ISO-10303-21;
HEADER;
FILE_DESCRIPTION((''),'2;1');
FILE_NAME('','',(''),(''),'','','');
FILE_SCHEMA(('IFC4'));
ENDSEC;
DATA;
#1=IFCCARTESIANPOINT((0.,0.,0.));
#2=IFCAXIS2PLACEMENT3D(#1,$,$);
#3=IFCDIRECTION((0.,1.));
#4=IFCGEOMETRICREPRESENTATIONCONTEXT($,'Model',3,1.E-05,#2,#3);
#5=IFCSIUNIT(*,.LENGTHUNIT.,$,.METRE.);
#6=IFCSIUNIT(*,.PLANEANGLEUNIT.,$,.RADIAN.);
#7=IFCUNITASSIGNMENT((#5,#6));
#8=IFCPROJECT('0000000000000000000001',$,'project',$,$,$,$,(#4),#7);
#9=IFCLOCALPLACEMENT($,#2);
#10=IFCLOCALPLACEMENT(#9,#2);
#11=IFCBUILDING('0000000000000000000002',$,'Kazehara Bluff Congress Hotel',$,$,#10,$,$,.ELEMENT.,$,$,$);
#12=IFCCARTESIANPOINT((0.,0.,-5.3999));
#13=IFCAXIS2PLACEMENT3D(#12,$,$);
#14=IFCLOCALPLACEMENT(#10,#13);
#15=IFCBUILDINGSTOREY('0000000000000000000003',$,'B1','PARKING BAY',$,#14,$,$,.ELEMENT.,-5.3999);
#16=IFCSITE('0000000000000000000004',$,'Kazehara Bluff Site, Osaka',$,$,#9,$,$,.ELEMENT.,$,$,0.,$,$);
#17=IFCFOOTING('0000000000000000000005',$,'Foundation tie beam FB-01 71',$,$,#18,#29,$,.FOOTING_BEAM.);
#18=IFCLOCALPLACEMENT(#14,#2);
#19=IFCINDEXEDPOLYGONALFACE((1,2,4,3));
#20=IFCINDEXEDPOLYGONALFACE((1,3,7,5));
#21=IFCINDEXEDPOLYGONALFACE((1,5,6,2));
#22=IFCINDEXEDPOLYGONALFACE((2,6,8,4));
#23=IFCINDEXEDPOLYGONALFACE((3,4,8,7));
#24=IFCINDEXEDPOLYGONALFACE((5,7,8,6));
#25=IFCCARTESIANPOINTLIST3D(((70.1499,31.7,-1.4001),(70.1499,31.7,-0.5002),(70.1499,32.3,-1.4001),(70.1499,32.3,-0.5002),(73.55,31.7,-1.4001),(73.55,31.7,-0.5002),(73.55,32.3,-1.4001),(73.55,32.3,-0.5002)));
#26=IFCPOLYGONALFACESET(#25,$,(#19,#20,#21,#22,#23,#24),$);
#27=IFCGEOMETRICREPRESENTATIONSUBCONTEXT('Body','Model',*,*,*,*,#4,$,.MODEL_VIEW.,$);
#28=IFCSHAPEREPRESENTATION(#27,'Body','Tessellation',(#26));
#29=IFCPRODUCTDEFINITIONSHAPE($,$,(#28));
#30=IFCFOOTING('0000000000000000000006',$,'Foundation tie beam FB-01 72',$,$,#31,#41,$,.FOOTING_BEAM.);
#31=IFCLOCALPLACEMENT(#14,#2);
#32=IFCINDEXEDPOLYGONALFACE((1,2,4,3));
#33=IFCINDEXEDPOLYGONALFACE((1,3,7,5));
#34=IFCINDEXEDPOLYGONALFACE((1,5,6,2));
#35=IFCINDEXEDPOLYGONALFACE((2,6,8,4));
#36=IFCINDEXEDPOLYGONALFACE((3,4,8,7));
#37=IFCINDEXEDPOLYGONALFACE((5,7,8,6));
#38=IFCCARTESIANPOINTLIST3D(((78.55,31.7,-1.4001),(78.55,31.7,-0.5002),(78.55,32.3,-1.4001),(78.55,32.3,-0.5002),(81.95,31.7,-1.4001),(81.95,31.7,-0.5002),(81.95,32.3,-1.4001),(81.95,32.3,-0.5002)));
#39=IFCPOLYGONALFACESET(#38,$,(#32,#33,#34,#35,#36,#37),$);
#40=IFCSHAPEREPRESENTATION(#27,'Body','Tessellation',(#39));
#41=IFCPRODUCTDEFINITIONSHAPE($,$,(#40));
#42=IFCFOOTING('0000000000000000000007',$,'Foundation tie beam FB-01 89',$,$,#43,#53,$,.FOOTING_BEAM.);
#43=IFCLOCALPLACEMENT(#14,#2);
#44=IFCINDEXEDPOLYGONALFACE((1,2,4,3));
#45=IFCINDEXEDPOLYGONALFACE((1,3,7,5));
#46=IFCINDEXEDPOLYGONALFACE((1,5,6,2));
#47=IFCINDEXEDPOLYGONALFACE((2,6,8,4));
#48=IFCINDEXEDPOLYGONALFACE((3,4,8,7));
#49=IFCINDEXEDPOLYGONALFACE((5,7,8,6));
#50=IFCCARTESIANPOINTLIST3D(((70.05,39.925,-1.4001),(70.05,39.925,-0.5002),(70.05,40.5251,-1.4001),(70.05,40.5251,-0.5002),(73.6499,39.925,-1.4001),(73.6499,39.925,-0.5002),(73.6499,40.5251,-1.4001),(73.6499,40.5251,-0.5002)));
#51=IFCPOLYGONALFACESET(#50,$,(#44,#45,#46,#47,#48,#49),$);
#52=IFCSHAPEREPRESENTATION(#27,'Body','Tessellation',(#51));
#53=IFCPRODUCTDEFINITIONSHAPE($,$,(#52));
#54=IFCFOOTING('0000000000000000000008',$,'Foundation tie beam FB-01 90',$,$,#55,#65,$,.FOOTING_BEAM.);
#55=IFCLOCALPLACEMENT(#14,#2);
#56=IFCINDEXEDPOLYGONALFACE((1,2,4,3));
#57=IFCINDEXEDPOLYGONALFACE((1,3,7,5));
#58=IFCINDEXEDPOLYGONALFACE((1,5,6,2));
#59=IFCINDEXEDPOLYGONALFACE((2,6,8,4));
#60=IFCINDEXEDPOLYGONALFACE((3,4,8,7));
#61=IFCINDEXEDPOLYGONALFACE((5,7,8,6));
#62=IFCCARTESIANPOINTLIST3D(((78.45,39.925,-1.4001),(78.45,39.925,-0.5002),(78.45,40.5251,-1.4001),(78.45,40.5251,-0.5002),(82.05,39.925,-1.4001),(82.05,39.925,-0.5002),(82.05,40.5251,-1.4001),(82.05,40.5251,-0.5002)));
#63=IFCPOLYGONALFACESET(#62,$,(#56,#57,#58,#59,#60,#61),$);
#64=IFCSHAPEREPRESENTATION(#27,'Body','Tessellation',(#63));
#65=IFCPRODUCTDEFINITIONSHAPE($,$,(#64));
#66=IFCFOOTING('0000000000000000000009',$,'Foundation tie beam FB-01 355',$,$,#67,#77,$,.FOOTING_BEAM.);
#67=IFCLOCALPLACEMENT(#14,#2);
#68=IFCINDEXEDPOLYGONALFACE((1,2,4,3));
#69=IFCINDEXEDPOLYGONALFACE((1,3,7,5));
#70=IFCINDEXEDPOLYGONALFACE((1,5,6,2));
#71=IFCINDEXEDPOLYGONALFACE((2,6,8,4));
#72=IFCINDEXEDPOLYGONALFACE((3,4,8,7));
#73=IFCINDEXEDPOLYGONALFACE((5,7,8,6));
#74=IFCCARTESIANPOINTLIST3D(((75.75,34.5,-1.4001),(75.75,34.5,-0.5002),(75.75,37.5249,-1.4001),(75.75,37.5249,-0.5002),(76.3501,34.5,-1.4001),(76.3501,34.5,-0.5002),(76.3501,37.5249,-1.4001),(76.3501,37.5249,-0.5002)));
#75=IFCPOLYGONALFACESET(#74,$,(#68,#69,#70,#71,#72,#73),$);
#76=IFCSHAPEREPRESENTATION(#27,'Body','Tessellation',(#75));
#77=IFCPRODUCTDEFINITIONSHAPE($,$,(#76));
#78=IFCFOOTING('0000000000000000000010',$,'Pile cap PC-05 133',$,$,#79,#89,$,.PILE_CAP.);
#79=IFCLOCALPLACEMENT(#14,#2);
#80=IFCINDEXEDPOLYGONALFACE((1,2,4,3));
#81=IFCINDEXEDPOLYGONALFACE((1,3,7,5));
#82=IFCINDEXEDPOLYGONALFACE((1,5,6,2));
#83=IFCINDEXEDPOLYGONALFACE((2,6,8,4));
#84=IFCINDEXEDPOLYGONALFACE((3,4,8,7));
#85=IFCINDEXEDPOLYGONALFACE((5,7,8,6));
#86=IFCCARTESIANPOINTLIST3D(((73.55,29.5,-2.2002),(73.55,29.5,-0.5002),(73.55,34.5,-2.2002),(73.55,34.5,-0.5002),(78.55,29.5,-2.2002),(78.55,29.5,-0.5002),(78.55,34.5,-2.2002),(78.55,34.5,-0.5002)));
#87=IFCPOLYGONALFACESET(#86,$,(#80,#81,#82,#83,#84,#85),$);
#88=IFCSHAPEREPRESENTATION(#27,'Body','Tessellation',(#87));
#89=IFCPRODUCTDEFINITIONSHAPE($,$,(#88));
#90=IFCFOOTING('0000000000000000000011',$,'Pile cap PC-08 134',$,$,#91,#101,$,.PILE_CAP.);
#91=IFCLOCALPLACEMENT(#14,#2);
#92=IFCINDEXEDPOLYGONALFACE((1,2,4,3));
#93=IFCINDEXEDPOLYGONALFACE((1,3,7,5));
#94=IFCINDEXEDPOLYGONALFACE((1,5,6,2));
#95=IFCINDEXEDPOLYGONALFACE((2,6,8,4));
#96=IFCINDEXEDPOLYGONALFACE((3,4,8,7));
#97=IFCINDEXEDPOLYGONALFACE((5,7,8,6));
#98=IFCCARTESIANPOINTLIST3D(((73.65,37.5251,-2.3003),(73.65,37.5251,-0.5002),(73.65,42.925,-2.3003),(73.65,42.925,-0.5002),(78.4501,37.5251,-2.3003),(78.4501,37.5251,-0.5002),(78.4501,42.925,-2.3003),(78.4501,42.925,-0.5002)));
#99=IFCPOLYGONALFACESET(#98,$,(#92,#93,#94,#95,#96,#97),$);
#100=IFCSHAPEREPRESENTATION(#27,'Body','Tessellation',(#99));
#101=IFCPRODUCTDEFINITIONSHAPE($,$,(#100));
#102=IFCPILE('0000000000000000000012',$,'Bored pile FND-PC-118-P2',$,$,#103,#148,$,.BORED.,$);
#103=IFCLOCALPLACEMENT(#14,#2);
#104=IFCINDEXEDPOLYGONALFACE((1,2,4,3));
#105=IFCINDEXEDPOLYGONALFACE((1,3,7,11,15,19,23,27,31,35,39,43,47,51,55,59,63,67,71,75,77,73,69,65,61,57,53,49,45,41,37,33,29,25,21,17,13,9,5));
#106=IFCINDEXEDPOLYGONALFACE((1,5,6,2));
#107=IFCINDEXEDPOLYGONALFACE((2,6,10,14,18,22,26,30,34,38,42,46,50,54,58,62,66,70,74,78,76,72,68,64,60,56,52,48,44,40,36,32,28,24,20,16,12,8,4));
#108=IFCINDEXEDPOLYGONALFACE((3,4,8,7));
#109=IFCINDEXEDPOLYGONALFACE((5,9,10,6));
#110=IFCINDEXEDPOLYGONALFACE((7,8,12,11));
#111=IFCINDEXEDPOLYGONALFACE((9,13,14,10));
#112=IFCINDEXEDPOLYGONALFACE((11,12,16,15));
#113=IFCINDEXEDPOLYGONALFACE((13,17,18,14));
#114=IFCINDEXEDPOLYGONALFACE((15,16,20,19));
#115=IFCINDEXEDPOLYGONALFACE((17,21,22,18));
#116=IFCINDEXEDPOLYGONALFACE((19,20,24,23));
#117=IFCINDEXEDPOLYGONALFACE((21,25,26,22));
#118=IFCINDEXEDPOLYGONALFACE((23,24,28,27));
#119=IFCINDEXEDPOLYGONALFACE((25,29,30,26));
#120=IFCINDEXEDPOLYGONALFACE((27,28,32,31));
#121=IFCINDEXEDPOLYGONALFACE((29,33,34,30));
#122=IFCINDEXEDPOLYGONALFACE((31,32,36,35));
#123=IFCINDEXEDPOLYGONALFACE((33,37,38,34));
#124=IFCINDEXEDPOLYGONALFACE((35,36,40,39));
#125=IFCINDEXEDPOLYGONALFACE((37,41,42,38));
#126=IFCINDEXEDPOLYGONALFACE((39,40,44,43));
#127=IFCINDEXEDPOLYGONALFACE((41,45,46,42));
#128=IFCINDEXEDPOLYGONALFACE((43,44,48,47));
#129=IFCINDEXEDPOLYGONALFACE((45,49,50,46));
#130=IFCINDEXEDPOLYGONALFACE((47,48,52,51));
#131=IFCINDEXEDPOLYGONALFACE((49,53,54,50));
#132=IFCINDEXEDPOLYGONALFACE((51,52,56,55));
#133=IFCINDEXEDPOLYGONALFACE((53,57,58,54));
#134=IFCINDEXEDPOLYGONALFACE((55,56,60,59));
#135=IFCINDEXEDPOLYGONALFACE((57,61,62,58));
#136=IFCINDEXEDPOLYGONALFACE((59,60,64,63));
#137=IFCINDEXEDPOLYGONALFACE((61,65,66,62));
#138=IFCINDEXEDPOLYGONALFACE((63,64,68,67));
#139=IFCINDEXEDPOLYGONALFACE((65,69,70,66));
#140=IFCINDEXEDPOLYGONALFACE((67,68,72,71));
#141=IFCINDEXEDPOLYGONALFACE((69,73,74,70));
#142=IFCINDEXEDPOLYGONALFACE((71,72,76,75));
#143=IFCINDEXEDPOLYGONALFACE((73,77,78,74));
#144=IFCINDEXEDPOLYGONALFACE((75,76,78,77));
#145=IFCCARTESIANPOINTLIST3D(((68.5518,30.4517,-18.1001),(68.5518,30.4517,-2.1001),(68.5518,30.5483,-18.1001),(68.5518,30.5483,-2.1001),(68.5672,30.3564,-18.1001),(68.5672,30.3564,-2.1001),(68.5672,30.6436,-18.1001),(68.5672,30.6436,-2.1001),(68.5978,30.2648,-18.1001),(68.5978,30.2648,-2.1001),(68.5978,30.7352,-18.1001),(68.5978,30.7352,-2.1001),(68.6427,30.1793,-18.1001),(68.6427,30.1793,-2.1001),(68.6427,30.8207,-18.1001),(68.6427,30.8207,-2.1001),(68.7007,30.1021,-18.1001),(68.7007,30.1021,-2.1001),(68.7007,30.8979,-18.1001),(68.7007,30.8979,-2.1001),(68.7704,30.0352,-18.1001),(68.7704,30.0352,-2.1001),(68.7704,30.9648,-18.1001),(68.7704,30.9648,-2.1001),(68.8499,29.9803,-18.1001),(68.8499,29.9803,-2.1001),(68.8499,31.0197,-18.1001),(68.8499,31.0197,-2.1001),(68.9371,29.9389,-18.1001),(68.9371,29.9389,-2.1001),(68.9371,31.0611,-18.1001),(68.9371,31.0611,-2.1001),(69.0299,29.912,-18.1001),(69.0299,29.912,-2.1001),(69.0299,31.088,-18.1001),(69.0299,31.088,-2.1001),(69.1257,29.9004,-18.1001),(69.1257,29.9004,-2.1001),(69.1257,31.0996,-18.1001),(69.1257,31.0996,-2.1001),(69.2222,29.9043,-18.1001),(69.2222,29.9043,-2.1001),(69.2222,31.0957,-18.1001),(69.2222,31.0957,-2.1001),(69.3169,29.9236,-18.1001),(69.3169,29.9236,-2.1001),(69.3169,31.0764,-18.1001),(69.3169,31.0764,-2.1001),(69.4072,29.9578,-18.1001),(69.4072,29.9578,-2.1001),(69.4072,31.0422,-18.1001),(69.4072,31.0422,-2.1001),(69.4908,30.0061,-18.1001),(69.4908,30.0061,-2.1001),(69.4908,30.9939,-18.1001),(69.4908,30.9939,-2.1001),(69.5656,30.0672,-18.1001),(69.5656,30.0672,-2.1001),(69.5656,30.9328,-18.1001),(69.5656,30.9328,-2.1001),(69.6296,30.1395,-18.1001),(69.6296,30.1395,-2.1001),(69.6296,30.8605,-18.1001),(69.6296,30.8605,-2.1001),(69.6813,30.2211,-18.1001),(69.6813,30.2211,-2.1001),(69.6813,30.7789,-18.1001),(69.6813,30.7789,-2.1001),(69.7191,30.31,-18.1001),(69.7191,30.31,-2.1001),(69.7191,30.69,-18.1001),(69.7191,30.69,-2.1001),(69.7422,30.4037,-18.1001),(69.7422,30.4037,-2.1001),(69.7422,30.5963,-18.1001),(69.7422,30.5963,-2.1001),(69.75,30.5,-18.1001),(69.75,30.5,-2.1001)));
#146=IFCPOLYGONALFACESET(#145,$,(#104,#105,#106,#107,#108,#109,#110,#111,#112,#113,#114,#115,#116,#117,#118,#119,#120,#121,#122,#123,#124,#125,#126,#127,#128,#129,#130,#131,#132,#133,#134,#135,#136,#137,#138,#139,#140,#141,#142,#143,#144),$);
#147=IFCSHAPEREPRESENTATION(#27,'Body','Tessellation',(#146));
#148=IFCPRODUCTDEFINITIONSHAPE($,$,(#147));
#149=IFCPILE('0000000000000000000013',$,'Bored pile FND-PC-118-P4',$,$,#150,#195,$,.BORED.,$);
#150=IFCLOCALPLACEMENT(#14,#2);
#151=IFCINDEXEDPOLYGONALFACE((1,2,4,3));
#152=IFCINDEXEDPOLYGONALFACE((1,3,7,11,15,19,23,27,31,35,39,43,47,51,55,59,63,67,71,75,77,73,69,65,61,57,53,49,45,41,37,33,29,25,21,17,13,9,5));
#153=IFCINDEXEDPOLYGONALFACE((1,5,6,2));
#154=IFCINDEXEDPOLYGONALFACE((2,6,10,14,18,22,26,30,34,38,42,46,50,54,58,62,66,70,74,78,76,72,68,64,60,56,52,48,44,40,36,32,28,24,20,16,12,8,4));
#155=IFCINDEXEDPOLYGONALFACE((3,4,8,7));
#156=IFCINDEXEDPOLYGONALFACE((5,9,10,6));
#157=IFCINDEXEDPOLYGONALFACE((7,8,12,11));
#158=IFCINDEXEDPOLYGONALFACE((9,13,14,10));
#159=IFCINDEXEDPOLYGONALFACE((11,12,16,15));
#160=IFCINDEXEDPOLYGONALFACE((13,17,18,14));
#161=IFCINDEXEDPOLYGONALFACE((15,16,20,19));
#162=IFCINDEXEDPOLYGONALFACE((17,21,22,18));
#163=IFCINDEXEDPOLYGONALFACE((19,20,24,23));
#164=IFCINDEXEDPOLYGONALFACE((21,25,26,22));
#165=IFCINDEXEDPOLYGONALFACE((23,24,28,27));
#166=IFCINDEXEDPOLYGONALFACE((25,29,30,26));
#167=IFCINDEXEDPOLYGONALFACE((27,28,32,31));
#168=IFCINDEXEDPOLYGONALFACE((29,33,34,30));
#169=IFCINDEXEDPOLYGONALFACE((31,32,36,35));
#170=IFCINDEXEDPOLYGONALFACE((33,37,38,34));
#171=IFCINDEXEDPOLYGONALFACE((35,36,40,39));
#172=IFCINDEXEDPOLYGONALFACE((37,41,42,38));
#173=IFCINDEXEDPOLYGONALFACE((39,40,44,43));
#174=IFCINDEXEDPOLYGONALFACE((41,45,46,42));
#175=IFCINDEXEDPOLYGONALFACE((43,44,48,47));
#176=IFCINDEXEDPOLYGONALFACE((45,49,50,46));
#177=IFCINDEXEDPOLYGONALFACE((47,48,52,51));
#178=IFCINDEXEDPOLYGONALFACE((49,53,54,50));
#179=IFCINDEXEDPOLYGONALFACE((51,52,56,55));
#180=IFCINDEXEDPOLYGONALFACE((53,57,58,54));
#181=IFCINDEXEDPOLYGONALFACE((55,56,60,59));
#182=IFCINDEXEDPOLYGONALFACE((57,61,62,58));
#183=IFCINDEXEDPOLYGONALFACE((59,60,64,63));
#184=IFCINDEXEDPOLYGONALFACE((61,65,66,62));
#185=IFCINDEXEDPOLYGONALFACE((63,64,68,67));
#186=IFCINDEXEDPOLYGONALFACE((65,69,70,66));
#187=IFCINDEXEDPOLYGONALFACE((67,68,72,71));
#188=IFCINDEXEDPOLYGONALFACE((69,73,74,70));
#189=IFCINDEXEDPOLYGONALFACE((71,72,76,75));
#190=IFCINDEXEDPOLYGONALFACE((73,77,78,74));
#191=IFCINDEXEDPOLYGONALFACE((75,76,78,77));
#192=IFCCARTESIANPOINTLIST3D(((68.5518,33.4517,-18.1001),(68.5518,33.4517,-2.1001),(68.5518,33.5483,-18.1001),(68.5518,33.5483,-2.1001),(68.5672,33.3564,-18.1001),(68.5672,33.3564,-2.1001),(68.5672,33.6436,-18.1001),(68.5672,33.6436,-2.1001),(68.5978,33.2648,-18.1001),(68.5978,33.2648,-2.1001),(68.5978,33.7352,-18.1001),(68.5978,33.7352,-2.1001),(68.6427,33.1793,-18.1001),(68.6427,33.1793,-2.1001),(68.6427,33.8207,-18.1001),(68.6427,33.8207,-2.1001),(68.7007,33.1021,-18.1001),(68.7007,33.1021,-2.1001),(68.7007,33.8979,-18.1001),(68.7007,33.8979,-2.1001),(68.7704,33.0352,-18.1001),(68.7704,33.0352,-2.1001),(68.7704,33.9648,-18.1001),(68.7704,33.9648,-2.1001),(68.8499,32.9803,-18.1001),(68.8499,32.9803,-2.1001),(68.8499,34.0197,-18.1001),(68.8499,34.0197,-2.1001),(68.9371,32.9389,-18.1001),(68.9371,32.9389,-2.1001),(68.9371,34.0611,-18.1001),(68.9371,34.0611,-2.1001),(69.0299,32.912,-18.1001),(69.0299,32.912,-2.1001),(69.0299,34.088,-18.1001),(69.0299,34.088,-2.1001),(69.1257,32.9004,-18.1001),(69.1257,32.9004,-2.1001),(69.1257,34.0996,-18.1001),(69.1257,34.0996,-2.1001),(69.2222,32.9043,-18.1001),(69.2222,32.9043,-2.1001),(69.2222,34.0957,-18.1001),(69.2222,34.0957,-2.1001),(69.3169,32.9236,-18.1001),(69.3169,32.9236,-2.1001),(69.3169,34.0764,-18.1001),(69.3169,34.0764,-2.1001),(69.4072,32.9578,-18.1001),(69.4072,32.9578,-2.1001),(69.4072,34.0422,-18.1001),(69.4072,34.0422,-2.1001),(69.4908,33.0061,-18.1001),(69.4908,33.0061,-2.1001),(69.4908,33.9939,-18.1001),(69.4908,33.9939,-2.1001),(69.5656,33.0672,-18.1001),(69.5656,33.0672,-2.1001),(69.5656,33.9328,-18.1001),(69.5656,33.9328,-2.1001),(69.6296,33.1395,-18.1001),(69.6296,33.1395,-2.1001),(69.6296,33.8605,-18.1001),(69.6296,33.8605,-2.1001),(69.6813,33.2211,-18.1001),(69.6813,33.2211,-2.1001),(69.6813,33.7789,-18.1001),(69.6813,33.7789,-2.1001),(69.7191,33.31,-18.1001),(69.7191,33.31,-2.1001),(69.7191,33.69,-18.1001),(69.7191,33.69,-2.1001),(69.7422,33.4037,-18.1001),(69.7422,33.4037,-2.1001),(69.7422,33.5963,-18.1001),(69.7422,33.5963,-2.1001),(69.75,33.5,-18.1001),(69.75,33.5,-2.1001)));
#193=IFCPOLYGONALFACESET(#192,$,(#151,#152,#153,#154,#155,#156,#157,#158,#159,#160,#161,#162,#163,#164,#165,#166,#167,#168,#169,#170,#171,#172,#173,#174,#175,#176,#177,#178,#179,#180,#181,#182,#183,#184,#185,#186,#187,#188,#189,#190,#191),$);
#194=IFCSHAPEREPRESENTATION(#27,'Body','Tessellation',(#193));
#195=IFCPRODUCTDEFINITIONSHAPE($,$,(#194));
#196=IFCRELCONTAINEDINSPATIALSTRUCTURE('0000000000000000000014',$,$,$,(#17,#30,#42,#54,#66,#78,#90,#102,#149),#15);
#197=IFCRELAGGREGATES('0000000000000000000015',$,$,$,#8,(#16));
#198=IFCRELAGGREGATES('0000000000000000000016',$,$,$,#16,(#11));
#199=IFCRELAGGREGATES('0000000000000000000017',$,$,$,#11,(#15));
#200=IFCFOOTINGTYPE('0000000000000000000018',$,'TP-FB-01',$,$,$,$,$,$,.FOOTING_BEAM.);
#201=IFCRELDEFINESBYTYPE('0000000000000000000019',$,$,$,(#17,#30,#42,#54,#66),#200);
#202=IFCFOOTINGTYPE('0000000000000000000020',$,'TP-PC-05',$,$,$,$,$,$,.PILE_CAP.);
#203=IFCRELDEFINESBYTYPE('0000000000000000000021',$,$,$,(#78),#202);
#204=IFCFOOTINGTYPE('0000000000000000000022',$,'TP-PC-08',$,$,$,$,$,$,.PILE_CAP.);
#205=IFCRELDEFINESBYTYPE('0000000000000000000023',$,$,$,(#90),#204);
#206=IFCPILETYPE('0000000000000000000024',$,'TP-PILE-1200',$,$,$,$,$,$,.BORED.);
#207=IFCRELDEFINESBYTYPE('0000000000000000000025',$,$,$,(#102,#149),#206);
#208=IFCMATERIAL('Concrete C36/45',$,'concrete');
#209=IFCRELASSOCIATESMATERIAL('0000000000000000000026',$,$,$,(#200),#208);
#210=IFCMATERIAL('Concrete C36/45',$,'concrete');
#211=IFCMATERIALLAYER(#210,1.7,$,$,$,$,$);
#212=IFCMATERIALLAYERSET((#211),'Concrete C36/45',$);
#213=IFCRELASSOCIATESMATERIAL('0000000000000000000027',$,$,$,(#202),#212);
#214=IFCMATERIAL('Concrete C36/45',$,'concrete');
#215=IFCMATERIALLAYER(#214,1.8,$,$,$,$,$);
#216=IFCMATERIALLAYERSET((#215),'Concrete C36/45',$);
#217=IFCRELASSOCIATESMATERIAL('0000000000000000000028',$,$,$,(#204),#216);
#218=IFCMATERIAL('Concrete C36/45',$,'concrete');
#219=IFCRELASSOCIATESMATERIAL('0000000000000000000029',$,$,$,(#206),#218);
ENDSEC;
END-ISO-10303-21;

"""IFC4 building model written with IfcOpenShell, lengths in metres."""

from ifc_helpers import new_model, si_unit, direction, frame, origin, origin_2d, place, context, subcontext, project, spatial, rectangle, circle, extrude, material, layer, layer_set, material_profile, profile_set, type_object, element, save


model = new_model("IFC4")

# Units and contexts
model_context = context("Model", 3, precision=1e-05, world=origin(), true_north=direction((0.0, 1.0)))
body_context = subcontext(model_context, "Body", "Model", "MODEL_VIEW")
ifc_project = project(units=[si_unit("LENGTHUNIT", "METRE"), si_unit("PLANEANGLEUNIT", "RADIAN")], contexts=[model_context])

# Site, building, storey
site_placement = place(None, origin())
site = spatial("IfcSite", under=ifc_project, at=site_placement, Name="Kazehara Bluff Site, Osaka", CompositionType="ELEMENT", RefElevation=0.0)
building_placement = place(site_placement, origin())
building = spatial("IfcBuilding", under=site, at=building_placement, Name="Kazehara Bluff Congress Hotel", CompositionType="ELEMENT")
storey_placement = place(building_placement, frame((0.0, 0.0, -5.3999)))
storey = spatial("IfcBuildingStorey", under=building, at=storey_placement, Name="B1", Description="PARKING BAY", CompositionType="ELEMENT", Elevation=-5.3999)

# Footings
ifc_material_1 = material(Name="Concrete C36/45", Category="concrete")
ifc_material_profile_1 = material_profile(ifc_material_1, rectangle(XDim=0.6001, YDim=0.8999, at=origin_2d()))
ifc_profile_set_1 = profile_set([ifc_material_profile_1], Name="Concrete C36/45")
footing_type_1 = type_object("IfcFootingType", Name="TP-FB-01", PredefinedType="FOOTING_BEAM", material=ifc_profile_set_1)
footing_1_placement = place(storey_placement, frame((70.1499, 32.0, -0.9502), z_axis=(1.0, 0.0, 0.0), x_axis=(0.0, 1.0, 0.0)))
element("IfcFooting", 1, at=footing_1_placement, inside=storey, type_object=footing_type_1, Name="Foundation tie beam FB-01 71", PredefinedType="FOOTING_BEAM", context=body_context, shape_type="SweptSolid", body=[
    extrude(rectangle(XDim=0.6001, YDim=0.8999, at=origin_2d()), origin(), (0.0, 0.0, 1.0), 3.4001),
])
footing_2_placement = place(storey_placement, frame((78.55, 32.0, -0.9502), z_axis=(1.0, 0.0, 0.0), x_axis=(0.0, 1.0, 0.0)))
element("IfcFooting", 2, at=footing_2_placement, inside=storey, type_object=footing_type_1, Name="Foundation tie beam FB-01 72", PredefinedType="FOOTING_BEAM", context=body_context, shape_type="SweptSolid", body=[
    extrude(rectangle(XDim=0.6001, YDim=0.8999, at=origin_2d()), origin(), (0.0, 0.0, 1.0), 3.3999),
])
footing_3_placement = place(storey_placement, frame((70.05, 40.2251, -0.9502), z_axis=(1.0, 0.0, 0.0), x_axis=(0.0, 1.0, 0.0)))
element("IfcFooting", 3, at=footing_3_placement, inside=storey, type_object=footing_type_1, Name="Foundation tie beam FB-01 89", PredefinedType="FOOTING_BEAM", context=body_context, shape_type="SweptSolid", body=[
    extrude(rectangle(XDim=0.6001, YDim=0.8999, at=origin_2d()), origin(), (0.0, 0.0, 1.0), 3.5999),
])
footing_4_placement = place(storey_placement, frame((78.45, 40.2251, -0.9502), z_axis=(1.0, 0.0, 0.0), x_axis=(0.0, 1.0, 0.0)))
element("IfcFooting", 4, at=footing_4_placement, inside=storey, type_object=footing_type_1, Name="Foundation tie beam FB-01 90", PredefinedType="FOOTING_BEAM", context=body_context, shape_type="SweptSolid", body=[
    extrude(rectangle(XDim=0.6001, YDim=0.8999, at=origin_2d()), origin(), (0.0, 0.0, 1.0), 3.6001),
])
footing_5_placement = place(storey_placement, frame((76.05, 34.5, -0.9502), z_axis=(0.0, 1.0, 0.0), x_axis=(-1.0, 0.0, 0.0)))
element("IfcFooting", 5, at=footing_5_placement, inside=storey, type_object=footing_type_1, Name="Foundation tie beam FB-01 355", PredefinedType="FOOTING_BEAM", context=body_context, shape_type="SweptSolid", body=[
    extrude(rectangle(XDim=0.6001, YDim=0.8999, at=origin_2d()), origin(), (0.0, 0.0, 1.0), 3.0249),
])
ifc_material_2 = material(Name="Concrete C36/45", Category="concrete")
ifc_layer_1 = layer(ifc_material_2, 1.7)
ifc_layer_set_1 = layer_set([ifc_layer_1], Name="Concrete C36/45")
footing_type_2 = type_object("IfcFootingType", Name="TP-PC-05", PredefinedType="PILE_CAP", material=ifc_layer_set_1)
footing_6_placement = place(storey_placement, frame((76.05, 32.0, -2.2002), z_axis=(0.0, 0.0, 1.0), x_axis=(1.0, 0.0, 0.0)))
element("IfcFooting", 6, at=footing_6_placement, inside=storey, type_object=footing_type_2, Name="Pile cap PC-05 133", PredefinedType="PILE_CAP", context=body_context, shape_type="SweptSolid", body=[
    extrude(rectangle(XDim=5.0, YDim=5.0, at=origin_2d()), origin(), (0.0, 0.0, 1.0), 1.7),
])
ifc_material_3 = material(Name="Concrete C36/45", Category="concrete")
ifc_layer_2 = layer(ifc_material_3, 1.8)
ifc_layer_set_2 = layer_set([ifc_layer_2], Name="Concrete C36/45")
footing_type_3 = type_object("IfcFootingType", Name="TP-PC-08", PredefinedType="PILE_CAP", material=ifc_layer_set_2)
footing_7_placement = place(storey_placement, frame((76.05, 40.2251, -2.3003), z_axis=(0.0, 0.0, 1.0), x_axis=(1.0, 0.0, 0.0)))
element("IfcFooting", 7, at=footing_7_placement, inside=storey, type_object=footing_type_3, Name="Pile cap PC-08 134", PredefinedType="PILE_CAP", context=body_context, shape_type="SweptSolid", body=[
    extrude(rectangle(XDim=4.8, YDim=5.3999, at=origin_2d()), origin(), (0.0, 0.0, 1.0), 1.8),
])

# Piles
ifc_material_4 = material(Name="Concrete C36/45", Category="concrete")
ifc_material_profile_2 = material_profile(ifc_material_4, circle(Radius=0.6001, at=origin_2d()))
ifc_profile_set_2 = profile_set([ifc_material_profile_2], Name="Concrete C36/45")
pile_type = type_object("IfcPileType", Name="TP-PILE-1200", PredefinedType="BORED", material=ifc_profile_set_2)
for number, where, z_axis, x_axis, name in (
    (8, (69.1499, 30.5, -2.1001), (0.0, 0.0, -1.0), (1.0, 0.0, 0.0), "Bored pile FND-PC-118-P2"),
    (9, (69.1499, 33.5, -2.1001), (0.0, 0.0, -1.0), (1.0, 0.0, 0.0), "Bored pile FND-PC-118-P4"),
):
    element("IfcPile", number, at=place(storey_placement, frame(where, z_axis=z_axis, x_axis=x_axis)), inside=storey, type_object=pile_type, Name=name, PredefinedType="BORED", context=body_context, shape_type="SweptSolid", body=[
        extrude(circle(Radius=0.6001, at=origin_2d()), origin(), (0.0, 0.0, 1.0), 16.0),
    ])

save(model, "model.ifc")
